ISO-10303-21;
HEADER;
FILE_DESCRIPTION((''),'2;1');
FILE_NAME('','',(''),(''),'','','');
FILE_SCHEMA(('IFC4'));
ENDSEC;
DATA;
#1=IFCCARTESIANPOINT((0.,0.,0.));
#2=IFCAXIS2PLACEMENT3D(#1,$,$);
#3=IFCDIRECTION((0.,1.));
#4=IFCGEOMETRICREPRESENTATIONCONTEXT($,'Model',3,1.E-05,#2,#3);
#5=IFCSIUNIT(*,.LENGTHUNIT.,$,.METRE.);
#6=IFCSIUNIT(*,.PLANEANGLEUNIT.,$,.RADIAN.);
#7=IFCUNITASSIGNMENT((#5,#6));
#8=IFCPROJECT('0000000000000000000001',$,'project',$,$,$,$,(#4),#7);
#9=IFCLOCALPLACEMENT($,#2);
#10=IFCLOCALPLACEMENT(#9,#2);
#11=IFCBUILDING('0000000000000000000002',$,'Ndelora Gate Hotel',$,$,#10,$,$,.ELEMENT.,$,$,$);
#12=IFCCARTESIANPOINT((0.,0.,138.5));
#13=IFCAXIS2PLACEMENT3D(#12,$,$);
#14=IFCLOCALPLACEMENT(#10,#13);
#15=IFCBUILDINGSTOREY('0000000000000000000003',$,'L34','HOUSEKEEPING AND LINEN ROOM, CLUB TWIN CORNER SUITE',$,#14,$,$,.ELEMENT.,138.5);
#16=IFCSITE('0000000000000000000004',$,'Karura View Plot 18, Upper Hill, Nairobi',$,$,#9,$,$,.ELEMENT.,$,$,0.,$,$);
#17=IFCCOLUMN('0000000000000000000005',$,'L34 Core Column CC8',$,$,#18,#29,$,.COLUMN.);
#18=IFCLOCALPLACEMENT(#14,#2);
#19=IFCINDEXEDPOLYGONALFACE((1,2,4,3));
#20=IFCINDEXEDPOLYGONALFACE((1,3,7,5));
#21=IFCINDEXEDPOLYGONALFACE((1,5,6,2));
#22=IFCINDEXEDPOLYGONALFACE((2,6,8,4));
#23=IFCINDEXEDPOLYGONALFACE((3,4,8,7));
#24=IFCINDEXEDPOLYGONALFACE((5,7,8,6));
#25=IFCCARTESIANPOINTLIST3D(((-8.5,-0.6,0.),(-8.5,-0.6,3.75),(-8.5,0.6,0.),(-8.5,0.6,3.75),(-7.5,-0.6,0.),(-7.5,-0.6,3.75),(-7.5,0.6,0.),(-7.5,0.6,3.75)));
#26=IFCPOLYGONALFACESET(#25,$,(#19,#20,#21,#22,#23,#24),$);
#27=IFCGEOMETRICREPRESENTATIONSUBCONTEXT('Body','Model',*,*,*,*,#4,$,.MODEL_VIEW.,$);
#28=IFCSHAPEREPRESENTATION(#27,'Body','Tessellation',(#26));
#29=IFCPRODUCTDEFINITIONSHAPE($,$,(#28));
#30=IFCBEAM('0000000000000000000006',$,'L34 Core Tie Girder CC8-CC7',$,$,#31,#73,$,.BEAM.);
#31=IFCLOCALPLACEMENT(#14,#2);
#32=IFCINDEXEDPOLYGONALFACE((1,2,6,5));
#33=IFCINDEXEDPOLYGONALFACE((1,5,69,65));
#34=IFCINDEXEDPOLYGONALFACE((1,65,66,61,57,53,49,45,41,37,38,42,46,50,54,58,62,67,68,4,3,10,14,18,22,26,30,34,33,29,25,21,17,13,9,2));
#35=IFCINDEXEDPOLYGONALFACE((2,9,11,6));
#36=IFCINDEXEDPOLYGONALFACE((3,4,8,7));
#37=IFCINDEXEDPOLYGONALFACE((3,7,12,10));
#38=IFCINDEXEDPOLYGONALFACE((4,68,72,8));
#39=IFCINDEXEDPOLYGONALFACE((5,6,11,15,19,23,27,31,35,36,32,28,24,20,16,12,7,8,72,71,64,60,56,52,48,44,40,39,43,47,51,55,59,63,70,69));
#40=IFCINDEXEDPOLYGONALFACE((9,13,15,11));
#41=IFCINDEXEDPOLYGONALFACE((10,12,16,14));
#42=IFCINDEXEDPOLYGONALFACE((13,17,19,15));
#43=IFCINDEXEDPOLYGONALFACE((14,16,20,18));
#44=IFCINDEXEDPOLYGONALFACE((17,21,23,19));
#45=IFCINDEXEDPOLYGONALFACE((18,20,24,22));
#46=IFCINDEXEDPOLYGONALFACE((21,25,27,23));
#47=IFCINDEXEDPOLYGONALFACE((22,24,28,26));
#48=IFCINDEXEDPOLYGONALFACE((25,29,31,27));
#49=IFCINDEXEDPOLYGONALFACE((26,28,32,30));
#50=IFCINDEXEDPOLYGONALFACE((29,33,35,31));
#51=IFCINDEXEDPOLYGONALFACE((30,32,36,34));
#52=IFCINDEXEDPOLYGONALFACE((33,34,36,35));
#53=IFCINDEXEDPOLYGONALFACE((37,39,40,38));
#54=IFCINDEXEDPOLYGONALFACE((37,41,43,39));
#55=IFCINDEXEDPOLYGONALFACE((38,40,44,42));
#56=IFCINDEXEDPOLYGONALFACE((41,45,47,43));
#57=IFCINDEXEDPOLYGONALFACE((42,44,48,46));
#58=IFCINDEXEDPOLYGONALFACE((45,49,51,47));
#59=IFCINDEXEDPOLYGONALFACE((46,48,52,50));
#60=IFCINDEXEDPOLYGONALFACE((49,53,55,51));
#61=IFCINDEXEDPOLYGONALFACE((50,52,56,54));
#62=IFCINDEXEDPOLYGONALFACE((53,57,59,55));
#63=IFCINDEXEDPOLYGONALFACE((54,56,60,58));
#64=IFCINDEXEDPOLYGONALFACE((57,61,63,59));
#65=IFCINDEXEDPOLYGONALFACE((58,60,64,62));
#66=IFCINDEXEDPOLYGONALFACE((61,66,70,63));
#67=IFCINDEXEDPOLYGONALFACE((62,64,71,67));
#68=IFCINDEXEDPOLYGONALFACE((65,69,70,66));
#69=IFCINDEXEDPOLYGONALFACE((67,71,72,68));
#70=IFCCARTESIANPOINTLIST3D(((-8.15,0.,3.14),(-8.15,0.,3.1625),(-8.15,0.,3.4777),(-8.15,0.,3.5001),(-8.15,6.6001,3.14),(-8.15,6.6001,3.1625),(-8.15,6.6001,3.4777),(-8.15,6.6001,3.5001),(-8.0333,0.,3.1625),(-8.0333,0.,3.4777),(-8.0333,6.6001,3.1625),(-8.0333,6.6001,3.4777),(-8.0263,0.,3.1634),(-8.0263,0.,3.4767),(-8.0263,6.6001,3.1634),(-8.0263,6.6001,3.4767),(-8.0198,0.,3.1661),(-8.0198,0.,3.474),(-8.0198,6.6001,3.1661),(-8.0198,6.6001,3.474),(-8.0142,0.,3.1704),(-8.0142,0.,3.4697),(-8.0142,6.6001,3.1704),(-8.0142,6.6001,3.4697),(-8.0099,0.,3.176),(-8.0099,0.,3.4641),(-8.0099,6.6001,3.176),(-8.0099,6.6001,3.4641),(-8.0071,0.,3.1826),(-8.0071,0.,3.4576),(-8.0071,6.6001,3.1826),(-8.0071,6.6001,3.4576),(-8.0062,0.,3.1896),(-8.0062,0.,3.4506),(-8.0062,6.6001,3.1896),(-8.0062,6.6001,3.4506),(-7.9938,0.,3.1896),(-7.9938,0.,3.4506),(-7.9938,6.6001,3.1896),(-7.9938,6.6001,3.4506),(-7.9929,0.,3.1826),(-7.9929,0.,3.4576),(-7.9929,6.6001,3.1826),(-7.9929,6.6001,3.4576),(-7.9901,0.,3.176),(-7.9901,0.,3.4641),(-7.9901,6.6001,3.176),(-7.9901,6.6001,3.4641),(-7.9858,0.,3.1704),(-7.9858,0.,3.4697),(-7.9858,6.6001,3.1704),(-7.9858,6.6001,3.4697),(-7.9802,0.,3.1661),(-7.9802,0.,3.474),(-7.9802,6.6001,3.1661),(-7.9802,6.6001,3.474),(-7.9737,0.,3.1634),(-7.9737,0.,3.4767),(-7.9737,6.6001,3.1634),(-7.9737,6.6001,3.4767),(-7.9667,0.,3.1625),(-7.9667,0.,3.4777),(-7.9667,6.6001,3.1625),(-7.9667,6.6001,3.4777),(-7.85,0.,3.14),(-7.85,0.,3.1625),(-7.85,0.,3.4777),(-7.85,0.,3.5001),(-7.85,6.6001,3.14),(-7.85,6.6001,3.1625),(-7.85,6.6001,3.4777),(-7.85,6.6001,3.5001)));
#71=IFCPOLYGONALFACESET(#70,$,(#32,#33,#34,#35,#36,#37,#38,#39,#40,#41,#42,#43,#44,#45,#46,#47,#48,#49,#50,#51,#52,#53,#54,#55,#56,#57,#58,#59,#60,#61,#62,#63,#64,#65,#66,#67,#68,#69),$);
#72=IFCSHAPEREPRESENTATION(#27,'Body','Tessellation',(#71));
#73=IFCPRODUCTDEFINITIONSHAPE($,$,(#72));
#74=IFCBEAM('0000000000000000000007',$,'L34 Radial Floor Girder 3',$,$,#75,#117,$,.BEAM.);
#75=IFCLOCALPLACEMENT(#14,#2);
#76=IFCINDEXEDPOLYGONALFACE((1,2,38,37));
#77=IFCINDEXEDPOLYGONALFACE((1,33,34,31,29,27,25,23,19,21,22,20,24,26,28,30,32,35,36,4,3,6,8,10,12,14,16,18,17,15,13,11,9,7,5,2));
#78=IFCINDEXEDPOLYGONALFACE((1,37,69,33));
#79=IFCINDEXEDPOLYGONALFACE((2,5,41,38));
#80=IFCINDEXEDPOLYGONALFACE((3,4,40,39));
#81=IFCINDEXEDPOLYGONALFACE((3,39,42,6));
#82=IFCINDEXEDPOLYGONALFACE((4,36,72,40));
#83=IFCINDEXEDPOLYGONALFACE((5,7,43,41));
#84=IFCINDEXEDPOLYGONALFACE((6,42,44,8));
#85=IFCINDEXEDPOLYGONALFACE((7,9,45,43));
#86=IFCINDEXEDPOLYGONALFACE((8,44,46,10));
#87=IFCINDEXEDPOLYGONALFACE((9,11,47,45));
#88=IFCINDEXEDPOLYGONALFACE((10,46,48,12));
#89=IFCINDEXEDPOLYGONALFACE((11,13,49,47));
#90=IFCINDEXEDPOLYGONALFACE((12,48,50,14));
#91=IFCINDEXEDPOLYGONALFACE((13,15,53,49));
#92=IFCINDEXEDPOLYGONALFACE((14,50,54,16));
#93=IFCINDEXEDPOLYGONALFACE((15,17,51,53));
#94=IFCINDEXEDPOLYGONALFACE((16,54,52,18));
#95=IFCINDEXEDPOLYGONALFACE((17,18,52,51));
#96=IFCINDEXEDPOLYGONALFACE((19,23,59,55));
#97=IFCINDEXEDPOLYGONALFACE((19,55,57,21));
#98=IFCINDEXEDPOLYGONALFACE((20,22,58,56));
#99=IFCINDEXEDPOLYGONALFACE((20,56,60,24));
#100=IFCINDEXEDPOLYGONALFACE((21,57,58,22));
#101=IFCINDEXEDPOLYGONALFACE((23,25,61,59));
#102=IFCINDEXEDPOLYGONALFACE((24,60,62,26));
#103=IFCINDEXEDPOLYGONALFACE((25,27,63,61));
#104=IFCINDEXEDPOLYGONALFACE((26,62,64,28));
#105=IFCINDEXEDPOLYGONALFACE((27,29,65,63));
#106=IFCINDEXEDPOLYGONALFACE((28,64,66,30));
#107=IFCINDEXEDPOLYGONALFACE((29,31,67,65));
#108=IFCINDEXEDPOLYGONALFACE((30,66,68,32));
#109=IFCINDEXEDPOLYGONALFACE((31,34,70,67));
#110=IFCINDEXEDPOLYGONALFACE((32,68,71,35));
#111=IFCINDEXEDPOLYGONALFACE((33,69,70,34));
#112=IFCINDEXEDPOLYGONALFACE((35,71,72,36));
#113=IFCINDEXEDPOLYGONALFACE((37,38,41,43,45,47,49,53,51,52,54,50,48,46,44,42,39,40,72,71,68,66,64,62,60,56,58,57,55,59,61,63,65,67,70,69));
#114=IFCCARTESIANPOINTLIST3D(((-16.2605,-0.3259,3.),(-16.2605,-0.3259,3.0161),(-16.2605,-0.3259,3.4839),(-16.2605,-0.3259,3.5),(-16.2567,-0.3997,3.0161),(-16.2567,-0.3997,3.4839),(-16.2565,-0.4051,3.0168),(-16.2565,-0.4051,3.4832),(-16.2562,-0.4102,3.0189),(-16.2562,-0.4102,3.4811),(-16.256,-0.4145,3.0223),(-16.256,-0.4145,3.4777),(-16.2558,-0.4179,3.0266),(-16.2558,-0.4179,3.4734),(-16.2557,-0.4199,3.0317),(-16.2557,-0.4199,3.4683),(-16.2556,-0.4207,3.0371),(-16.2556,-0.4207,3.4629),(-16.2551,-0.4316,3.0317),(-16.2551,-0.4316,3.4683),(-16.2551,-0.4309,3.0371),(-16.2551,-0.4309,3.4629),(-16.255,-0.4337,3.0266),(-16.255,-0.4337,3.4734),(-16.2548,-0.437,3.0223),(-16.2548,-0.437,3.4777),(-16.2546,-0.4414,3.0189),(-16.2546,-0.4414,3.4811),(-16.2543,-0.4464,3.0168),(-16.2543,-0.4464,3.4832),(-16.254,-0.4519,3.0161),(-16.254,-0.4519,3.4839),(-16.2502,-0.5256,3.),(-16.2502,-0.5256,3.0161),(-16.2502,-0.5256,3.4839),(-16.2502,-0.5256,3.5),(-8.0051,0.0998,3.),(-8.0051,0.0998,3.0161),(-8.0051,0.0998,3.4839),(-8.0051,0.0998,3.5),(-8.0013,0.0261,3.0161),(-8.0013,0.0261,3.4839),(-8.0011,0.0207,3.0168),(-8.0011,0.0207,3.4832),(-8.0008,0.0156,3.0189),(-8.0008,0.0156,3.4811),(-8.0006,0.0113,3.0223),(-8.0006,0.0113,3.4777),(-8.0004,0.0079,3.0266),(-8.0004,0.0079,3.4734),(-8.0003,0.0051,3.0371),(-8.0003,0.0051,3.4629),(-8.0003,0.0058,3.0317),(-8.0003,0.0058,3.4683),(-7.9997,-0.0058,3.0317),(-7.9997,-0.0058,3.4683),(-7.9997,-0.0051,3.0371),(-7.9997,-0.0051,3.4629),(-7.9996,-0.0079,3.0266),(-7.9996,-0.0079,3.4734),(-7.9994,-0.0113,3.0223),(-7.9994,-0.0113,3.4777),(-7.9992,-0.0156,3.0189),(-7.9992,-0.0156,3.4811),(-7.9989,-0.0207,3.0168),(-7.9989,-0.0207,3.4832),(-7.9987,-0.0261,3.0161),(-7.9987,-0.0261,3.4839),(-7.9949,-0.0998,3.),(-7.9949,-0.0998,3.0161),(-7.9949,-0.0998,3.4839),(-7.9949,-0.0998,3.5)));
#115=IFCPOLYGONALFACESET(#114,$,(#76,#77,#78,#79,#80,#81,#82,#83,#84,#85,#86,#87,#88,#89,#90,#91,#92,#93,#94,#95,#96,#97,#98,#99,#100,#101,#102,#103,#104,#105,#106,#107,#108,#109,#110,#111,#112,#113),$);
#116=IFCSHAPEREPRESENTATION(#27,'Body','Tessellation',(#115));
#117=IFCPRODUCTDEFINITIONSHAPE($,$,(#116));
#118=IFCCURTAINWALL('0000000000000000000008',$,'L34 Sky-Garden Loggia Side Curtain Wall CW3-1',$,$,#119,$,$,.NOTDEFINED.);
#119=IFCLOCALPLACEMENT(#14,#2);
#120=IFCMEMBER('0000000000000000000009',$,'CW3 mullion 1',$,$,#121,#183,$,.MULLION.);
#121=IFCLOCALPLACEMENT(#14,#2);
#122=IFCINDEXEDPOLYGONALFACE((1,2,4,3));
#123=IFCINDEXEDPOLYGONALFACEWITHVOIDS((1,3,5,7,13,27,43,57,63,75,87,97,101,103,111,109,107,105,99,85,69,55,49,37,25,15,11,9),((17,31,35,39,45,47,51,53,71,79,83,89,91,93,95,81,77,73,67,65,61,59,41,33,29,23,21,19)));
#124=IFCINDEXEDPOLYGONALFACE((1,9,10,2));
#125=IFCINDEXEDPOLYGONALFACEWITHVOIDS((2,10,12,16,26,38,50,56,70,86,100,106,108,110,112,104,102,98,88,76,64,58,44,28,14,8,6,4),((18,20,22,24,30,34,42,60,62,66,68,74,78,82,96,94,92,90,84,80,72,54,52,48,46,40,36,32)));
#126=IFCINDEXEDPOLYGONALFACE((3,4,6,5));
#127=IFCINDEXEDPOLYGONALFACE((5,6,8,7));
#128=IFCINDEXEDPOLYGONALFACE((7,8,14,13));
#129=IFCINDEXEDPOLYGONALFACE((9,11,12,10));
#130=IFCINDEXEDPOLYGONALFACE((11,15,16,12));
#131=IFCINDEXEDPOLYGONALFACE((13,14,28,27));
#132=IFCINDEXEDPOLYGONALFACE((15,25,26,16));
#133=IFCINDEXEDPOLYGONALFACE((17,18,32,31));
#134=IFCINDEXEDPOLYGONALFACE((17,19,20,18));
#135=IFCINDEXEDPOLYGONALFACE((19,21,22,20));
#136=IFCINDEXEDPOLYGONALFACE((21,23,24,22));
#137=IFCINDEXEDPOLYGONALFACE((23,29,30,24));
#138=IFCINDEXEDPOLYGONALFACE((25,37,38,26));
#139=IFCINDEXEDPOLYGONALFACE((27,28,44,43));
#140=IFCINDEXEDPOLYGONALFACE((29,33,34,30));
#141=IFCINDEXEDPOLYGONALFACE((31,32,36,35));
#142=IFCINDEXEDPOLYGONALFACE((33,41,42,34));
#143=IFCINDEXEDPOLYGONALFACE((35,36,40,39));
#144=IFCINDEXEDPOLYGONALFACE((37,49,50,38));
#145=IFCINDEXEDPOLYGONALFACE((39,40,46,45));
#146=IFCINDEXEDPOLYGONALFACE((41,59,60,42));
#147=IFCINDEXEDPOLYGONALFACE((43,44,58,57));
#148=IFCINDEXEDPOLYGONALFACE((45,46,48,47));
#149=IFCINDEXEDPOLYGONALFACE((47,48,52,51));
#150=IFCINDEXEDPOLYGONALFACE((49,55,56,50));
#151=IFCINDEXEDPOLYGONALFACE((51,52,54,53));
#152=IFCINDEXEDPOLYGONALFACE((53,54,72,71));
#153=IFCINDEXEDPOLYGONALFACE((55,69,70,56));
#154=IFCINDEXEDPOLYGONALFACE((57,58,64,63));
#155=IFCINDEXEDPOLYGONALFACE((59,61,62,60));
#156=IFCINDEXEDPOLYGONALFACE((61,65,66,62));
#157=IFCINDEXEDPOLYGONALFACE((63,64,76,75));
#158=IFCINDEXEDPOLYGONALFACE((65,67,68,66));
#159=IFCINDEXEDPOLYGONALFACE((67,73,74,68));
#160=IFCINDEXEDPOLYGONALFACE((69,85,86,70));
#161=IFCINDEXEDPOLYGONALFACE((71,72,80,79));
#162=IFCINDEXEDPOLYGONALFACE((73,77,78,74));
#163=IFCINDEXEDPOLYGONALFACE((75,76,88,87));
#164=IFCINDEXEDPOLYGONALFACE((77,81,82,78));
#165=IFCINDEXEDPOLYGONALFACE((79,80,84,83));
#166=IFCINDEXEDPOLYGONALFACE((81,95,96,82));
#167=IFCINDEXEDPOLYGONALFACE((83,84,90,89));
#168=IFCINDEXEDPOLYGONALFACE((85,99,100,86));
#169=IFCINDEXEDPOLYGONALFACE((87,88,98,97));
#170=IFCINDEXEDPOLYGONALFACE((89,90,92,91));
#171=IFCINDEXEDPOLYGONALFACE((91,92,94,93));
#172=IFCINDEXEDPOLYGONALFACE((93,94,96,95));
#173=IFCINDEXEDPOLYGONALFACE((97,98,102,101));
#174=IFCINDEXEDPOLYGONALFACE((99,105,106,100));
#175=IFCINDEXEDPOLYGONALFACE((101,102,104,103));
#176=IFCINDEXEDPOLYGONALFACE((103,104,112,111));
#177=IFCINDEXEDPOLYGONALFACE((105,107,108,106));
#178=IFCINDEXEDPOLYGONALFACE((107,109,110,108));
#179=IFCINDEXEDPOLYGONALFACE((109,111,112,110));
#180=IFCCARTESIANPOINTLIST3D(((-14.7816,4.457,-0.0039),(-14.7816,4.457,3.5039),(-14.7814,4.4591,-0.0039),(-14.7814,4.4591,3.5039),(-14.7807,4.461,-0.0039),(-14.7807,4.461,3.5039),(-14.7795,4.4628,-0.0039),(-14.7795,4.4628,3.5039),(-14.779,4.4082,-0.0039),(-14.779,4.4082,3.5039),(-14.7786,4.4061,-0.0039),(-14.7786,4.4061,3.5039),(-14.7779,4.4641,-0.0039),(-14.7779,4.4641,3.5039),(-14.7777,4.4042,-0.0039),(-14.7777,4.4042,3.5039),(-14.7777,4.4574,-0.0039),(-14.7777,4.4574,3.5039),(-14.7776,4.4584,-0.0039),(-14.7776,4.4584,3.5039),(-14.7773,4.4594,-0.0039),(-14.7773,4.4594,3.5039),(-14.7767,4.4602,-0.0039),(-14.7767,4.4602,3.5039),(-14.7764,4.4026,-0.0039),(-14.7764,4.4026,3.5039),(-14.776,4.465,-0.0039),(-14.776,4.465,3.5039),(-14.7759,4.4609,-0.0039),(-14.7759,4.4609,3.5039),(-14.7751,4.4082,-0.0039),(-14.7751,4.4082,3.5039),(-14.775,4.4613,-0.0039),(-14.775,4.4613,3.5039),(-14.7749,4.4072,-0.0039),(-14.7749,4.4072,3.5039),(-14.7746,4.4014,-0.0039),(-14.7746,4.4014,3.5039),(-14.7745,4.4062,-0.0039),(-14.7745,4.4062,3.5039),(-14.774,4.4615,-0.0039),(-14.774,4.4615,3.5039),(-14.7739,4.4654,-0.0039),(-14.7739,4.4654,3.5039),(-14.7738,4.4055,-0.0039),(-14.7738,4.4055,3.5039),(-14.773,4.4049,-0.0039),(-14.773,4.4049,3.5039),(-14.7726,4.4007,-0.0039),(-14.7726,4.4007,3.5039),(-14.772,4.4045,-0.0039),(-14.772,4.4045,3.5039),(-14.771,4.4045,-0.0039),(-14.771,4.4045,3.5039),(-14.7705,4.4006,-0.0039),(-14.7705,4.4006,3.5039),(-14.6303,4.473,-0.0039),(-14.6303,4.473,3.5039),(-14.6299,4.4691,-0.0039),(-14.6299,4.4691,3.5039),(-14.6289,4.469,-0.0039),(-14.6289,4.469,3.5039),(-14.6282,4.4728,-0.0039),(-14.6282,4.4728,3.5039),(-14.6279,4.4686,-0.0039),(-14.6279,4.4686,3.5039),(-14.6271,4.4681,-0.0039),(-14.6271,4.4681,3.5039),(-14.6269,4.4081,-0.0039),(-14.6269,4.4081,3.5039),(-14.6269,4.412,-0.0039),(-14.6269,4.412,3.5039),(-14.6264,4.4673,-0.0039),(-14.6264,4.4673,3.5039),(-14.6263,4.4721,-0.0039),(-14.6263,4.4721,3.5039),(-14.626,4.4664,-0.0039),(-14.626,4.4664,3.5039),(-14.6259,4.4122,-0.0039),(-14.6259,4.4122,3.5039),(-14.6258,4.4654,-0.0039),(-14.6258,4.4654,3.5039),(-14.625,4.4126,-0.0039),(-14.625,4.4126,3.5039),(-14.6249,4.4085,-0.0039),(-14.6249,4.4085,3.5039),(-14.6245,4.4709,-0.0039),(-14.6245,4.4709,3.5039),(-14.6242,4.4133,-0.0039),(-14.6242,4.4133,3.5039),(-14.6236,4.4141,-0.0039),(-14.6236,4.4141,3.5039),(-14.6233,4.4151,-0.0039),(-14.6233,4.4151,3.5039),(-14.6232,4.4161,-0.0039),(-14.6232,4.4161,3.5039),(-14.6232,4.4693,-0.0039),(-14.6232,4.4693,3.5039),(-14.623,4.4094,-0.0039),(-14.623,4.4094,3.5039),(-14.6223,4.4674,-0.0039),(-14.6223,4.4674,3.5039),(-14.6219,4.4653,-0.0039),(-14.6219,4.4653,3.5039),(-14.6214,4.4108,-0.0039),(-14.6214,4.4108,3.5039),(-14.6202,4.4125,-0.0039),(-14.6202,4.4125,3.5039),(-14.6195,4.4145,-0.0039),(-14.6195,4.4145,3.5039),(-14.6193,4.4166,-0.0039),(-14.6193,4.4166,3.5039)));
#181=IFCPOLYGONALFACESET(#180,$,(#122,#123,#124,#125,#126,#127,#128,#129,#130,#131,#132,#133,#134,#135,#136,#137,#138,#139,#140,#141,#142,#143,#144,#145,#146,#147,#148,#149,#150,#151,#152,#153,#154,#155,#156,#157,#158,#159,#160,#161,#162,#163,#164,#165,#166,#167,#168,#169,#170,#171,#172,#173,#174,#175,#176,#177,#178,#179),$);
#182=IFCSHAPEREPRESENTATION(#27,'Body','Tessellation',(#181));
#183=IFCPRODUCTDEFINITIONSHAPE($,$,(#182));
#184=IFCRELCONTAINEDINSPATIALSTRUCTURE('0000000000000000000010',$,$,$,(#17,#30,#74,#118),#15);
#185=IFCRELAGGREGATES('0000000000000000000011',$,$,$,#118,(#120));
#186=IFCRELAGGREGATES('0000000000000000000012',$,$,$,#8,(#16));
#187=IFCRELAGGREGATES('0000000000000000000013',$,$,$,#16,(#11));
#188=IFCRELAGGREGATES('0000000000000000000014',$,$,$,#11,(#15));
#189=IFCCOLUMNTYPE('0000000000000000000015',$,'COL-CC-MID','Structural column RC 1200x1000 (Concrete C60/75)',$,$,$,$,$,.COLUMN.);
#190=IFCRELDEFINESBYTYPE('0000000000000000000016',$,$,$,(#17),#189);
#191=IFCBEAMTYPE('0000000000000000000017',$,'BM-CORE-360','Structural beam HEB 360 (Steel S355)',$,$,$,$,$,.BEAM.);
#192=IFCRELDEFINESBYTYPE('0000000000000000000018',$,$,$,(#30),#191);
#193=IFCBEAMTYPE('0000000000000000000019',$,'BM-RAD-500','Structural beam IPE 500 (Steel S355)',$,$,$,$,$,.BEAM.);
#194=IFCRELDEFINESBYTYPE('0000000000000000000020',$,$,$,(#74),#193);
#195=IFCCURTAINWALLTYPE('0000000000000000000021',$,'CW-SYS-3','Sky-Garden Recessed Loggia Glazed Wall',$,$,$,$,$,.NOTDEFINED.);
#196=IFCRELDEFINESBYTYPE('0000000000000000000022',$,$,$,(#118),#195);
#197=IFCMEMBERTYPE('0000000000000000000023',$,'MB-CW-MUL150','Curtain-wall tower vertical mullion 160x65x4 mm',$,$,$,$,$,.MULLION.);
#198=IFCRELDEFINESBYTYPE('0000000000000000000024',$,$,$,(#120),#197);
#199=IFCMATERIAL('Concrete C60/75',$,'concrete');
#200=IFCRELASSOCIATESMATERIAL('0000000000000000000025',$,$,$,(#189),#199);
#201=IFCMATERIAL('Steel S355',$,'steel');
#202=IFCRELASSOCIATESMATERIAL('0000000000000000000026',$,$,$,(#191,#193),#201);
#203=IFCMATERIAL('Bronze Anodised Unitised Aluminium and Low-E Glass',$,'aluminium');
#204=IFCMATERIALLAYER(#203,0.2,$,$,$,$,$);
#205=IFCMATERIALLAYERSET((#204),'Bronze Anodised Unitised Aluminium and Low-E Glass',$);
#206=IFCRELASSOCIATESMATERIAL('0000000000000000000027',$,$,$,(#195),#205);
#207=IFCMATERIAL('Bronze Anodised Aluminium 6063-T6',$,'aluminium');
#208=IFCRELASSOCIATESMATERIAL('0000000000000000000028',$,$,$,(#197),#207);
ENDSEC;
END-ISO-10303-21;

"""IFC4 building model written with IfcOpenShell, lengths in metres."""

from ifc_helpers import new_model, si_unit, direction, frame, origin, origin_2d, place, context, subcontext, project, spatial, rectangle, hollow_rectangle, i_section, extrude, material, layer, layer_set, material_profile, profile_set, type_object, element, aggregate, save


model = new_model("IFC4")

# Units and contexts
model_context = context("Model", 3, precision=1e-05, world=origin(), true_north=direction((0.0, 1.0)))
body_context = subcontext(model_context, "Body", "Model", "MODEL_VIEW")
ifc_project = project(units=[si_unit("LENGTHUNIT", "METRE"), si_unit("PLANEANGLEUNIT", "RADIAN")], contexts=[model_context])

# Site, building, storey
site_placement = place(None, origin())
site = spatial("IfcSite", under=ifc_project, at=site_placement, Name="Karura View Plot 18, Upper Hill, Nairobi", CompositionType="ELEMENT", RefElevation=0.0)
building_placement = place(site_placement, origin())
building = spatial("IfcBuilding", under=site, at=building_placement, Name="Ndelora Gate Hotel", CompositionType="ELEMENT")
storey_placement = place(building_placement, frame((0.0, 0.0, 138.5)))
storey = spatial("IfcBuildingStorey", under=building, at=storey_placement, Name="L34", Description="HOUSEKEEPING AND LINEN ROOM, CLUB TWIN CORNER SUITE", CompositionType="ELEMENT", Elevation=138.5)

# Column
ifc_material_1 = material(Name="Concrete C60/75", Category="concrete")
ifc_material_profile_1 = material_profile(ifc_material_1, rectangle(XDim=1.0, YDim=1.2, at=origin_2d()), Name="RC 1200x1000")
ifc_profile_set_1 = profile_set([ifc_material_profile_1], Name="Concrete C60/75")
column_type = type_object("IfcColumnType", Name="COL-CC-MID", Description="Structural column RC 1200x1000 (Concrete C60/75)", PredefinedType="COLUMN", material=ifc_profile_set_1)
column_placement = place(storey_placement, frame((-8.0, 0.0, 0.0), z_axis=(0.0, 0.0, 1.0), x_axis=(1.0, 0.0, 0.0)))
element("IfcColumn", 1, at=column_placement, inside=storey, type_object=column_type, Name="L34 Core Column CC8", PredefinedType="COLUMN", context=body_context, shape_type="SweptSolid", body=[
    extrude(rectangle(XDim=1.0, YDim=1.2, at=origin_2d()), origin(), (0.0, 0.0, 1.0), 3.75),
])

# Beams
ifc_material_2 = material(Name="Steel S355", Category="steel")
ifc_material_profile_2 = material_profile(ifc_material_2, i_section(OverallWidth=0.3, OverallDepth=0.3601, WebThickness=0.0125, FlangeThickness=0.0225, FilletRadius=0.0271, at=origin_2d()), Name="HEB 360")
ifc_profile_set_2 = profile_set([ifc_material_profile_2], Name="Steel S355")
beam_type_1 = type_object("IfcBeamType", Name="BM-CORE-360", Description="Structural beam HEB 360 (Steel S355)", PredefinedType="BEAM", material=ifc_profile_set_2)
beam_1_placement = place(storey_placement, frame((-8.0, 0.0, 3.3201), z_axis=(0.0, 1.0, 0.0), x_axis=(-1.0, 0.0, 0.0)))
element("IfcBeam", 2, at=beam_1_placement, inside=storey, type_object=beam_type_1, Name="L34 Core Tie Girder CC8-CC7", PredefinedType="BEAM", context=body_context, shape_type="SweptSolid", body=[
    extrude(i_section(OverallWidth=0.3, OverallDepth=0.3601, WebThickness=0.0125, FlangeThickness=0.0225, FilletRadius=0.0271, at=origin_2d()), origin(), (0.0, 0.0, 1.0), 6.6001),
])
ifc_material_profile_3 = material_profile(ifc_material_2, i_section(OverallWidth=0.2, OverallDepth=0.5, WebThickness=0.0103, FlangeThickness=0.0161, FilletRadius=0.021, at=origin_2d()), Name="IPE 500")
ifc_profile_set_3 = profile_set([ifc_material_profile_3], Name="Steel S355")
beam_type_2 = type_object("IfcBeamType", Name="BM-RAD-500", Description="Structural beam IPE 500 (Steel S355)", PredefinedType="BEAM", material=ifc_profile_set_3)
beam_2_placement = place(storey_placement, frame((-8.0, 0.0, 3.25), z_axis=(-0.998673, -0.051508, 0.0), x_axis=(0.051508, -0.998673, 0.0)))
element("IfcBeam", 3, at=beam_2_placement, inside=storey, type_object=beam_type_2, Name="L34 Radial Floor Girder 3", PredefinedType="BEAM", context=body_context, shape_type="SweptSolid", body=[
    extrude(i_section(OverallWidth=0.2, OverallDepth=0.5, WebThickness=0.0103, FlangeThickness=0.0161, FilletRadius=0.021, at=origin_2d()), origin(), (0.0, 0.0, 1.0), 8.2664),
])

# Curtain wall, member
ifc_material_3 = material(Name="Bronze Anodised Unitised Aluminium and Low-E Glass", Category="aluminium")
ifc_layer_1 = layer(ifc_material_3, 0.2)
ifc_layer_set_1 = layer_set([ifc_layer_1], Name="Bronze Anodised Unitised Aluminium and Low-E Glass")
curtain_wall_type = type_object("IfcCurtainWallType", Name="CW-SYS-3", Description="Sky-Garden Recessed Loggia Glazed Wall", PredefinedType="NOTDEFINED", material=ifc_layer_set_1)
curtain_wall_placement = place(storey_placement, origin())
curtain_wall = element("IfcCurtainWall", 4, at=curtain_wall_placement, inside=storey, type_object=curtain_wall_type, Name="L34 Sky-Garden Loggia Side Curtain Wall CW3-1", PredefinedType="NOTDEFINED")
ifc_material_4 = material(Name="Bronze Anodised Aluminium 6063-T6", Category="aluminium")
ifc_material_profile_4 = material_profile(ifc_material_4, hollow_rectangle(XDim=0.0649, YDim=0.1599, WallThickness=0.0039, InnerFilletRadius=0.0039, OuterFilletRadius=0.0081, at=origin_2d()), Name="ALU 160x65x4")
ifc_profile_set_4 = profile_set([ifc_material_profile_4], Name="Bronze Anodised Aluminium 6063-T6")
member_type = type_object("IfcMemberType", Name="MB-CW-MUL150", Description="Curtain-wall tower vertical mullion 160x65x4 mm", PredefinedType="MULLION", material=ifc_profile_set_4)
member_placement = place(storey_placement, frame((-14.7004, 4.4368, -0.0039), z_axis=(0.0, 0.0, 1.0), x_axis=(0.052318, -0.99863, 0.0)))
member = element("IfcMember", 5, at=member_placement, type_object=member_type, Name="CW3 mullion 1", PredefinedType="MULLION", context=body_context, shape_type="SweptSolid", body=[
    extrude(hollow_rectangle(XDim=0.0649, YDim=0.1599, WallThickness=0.0039, InnerFilletRadius=0.0039, OuterFilletRadius=0.0081, at=origin_2d()), origin(), (0.0, 0.0, 1.0), 3.5078),
])
aggregate(curtain_wall, [member])

save(model, "model.ifc")
